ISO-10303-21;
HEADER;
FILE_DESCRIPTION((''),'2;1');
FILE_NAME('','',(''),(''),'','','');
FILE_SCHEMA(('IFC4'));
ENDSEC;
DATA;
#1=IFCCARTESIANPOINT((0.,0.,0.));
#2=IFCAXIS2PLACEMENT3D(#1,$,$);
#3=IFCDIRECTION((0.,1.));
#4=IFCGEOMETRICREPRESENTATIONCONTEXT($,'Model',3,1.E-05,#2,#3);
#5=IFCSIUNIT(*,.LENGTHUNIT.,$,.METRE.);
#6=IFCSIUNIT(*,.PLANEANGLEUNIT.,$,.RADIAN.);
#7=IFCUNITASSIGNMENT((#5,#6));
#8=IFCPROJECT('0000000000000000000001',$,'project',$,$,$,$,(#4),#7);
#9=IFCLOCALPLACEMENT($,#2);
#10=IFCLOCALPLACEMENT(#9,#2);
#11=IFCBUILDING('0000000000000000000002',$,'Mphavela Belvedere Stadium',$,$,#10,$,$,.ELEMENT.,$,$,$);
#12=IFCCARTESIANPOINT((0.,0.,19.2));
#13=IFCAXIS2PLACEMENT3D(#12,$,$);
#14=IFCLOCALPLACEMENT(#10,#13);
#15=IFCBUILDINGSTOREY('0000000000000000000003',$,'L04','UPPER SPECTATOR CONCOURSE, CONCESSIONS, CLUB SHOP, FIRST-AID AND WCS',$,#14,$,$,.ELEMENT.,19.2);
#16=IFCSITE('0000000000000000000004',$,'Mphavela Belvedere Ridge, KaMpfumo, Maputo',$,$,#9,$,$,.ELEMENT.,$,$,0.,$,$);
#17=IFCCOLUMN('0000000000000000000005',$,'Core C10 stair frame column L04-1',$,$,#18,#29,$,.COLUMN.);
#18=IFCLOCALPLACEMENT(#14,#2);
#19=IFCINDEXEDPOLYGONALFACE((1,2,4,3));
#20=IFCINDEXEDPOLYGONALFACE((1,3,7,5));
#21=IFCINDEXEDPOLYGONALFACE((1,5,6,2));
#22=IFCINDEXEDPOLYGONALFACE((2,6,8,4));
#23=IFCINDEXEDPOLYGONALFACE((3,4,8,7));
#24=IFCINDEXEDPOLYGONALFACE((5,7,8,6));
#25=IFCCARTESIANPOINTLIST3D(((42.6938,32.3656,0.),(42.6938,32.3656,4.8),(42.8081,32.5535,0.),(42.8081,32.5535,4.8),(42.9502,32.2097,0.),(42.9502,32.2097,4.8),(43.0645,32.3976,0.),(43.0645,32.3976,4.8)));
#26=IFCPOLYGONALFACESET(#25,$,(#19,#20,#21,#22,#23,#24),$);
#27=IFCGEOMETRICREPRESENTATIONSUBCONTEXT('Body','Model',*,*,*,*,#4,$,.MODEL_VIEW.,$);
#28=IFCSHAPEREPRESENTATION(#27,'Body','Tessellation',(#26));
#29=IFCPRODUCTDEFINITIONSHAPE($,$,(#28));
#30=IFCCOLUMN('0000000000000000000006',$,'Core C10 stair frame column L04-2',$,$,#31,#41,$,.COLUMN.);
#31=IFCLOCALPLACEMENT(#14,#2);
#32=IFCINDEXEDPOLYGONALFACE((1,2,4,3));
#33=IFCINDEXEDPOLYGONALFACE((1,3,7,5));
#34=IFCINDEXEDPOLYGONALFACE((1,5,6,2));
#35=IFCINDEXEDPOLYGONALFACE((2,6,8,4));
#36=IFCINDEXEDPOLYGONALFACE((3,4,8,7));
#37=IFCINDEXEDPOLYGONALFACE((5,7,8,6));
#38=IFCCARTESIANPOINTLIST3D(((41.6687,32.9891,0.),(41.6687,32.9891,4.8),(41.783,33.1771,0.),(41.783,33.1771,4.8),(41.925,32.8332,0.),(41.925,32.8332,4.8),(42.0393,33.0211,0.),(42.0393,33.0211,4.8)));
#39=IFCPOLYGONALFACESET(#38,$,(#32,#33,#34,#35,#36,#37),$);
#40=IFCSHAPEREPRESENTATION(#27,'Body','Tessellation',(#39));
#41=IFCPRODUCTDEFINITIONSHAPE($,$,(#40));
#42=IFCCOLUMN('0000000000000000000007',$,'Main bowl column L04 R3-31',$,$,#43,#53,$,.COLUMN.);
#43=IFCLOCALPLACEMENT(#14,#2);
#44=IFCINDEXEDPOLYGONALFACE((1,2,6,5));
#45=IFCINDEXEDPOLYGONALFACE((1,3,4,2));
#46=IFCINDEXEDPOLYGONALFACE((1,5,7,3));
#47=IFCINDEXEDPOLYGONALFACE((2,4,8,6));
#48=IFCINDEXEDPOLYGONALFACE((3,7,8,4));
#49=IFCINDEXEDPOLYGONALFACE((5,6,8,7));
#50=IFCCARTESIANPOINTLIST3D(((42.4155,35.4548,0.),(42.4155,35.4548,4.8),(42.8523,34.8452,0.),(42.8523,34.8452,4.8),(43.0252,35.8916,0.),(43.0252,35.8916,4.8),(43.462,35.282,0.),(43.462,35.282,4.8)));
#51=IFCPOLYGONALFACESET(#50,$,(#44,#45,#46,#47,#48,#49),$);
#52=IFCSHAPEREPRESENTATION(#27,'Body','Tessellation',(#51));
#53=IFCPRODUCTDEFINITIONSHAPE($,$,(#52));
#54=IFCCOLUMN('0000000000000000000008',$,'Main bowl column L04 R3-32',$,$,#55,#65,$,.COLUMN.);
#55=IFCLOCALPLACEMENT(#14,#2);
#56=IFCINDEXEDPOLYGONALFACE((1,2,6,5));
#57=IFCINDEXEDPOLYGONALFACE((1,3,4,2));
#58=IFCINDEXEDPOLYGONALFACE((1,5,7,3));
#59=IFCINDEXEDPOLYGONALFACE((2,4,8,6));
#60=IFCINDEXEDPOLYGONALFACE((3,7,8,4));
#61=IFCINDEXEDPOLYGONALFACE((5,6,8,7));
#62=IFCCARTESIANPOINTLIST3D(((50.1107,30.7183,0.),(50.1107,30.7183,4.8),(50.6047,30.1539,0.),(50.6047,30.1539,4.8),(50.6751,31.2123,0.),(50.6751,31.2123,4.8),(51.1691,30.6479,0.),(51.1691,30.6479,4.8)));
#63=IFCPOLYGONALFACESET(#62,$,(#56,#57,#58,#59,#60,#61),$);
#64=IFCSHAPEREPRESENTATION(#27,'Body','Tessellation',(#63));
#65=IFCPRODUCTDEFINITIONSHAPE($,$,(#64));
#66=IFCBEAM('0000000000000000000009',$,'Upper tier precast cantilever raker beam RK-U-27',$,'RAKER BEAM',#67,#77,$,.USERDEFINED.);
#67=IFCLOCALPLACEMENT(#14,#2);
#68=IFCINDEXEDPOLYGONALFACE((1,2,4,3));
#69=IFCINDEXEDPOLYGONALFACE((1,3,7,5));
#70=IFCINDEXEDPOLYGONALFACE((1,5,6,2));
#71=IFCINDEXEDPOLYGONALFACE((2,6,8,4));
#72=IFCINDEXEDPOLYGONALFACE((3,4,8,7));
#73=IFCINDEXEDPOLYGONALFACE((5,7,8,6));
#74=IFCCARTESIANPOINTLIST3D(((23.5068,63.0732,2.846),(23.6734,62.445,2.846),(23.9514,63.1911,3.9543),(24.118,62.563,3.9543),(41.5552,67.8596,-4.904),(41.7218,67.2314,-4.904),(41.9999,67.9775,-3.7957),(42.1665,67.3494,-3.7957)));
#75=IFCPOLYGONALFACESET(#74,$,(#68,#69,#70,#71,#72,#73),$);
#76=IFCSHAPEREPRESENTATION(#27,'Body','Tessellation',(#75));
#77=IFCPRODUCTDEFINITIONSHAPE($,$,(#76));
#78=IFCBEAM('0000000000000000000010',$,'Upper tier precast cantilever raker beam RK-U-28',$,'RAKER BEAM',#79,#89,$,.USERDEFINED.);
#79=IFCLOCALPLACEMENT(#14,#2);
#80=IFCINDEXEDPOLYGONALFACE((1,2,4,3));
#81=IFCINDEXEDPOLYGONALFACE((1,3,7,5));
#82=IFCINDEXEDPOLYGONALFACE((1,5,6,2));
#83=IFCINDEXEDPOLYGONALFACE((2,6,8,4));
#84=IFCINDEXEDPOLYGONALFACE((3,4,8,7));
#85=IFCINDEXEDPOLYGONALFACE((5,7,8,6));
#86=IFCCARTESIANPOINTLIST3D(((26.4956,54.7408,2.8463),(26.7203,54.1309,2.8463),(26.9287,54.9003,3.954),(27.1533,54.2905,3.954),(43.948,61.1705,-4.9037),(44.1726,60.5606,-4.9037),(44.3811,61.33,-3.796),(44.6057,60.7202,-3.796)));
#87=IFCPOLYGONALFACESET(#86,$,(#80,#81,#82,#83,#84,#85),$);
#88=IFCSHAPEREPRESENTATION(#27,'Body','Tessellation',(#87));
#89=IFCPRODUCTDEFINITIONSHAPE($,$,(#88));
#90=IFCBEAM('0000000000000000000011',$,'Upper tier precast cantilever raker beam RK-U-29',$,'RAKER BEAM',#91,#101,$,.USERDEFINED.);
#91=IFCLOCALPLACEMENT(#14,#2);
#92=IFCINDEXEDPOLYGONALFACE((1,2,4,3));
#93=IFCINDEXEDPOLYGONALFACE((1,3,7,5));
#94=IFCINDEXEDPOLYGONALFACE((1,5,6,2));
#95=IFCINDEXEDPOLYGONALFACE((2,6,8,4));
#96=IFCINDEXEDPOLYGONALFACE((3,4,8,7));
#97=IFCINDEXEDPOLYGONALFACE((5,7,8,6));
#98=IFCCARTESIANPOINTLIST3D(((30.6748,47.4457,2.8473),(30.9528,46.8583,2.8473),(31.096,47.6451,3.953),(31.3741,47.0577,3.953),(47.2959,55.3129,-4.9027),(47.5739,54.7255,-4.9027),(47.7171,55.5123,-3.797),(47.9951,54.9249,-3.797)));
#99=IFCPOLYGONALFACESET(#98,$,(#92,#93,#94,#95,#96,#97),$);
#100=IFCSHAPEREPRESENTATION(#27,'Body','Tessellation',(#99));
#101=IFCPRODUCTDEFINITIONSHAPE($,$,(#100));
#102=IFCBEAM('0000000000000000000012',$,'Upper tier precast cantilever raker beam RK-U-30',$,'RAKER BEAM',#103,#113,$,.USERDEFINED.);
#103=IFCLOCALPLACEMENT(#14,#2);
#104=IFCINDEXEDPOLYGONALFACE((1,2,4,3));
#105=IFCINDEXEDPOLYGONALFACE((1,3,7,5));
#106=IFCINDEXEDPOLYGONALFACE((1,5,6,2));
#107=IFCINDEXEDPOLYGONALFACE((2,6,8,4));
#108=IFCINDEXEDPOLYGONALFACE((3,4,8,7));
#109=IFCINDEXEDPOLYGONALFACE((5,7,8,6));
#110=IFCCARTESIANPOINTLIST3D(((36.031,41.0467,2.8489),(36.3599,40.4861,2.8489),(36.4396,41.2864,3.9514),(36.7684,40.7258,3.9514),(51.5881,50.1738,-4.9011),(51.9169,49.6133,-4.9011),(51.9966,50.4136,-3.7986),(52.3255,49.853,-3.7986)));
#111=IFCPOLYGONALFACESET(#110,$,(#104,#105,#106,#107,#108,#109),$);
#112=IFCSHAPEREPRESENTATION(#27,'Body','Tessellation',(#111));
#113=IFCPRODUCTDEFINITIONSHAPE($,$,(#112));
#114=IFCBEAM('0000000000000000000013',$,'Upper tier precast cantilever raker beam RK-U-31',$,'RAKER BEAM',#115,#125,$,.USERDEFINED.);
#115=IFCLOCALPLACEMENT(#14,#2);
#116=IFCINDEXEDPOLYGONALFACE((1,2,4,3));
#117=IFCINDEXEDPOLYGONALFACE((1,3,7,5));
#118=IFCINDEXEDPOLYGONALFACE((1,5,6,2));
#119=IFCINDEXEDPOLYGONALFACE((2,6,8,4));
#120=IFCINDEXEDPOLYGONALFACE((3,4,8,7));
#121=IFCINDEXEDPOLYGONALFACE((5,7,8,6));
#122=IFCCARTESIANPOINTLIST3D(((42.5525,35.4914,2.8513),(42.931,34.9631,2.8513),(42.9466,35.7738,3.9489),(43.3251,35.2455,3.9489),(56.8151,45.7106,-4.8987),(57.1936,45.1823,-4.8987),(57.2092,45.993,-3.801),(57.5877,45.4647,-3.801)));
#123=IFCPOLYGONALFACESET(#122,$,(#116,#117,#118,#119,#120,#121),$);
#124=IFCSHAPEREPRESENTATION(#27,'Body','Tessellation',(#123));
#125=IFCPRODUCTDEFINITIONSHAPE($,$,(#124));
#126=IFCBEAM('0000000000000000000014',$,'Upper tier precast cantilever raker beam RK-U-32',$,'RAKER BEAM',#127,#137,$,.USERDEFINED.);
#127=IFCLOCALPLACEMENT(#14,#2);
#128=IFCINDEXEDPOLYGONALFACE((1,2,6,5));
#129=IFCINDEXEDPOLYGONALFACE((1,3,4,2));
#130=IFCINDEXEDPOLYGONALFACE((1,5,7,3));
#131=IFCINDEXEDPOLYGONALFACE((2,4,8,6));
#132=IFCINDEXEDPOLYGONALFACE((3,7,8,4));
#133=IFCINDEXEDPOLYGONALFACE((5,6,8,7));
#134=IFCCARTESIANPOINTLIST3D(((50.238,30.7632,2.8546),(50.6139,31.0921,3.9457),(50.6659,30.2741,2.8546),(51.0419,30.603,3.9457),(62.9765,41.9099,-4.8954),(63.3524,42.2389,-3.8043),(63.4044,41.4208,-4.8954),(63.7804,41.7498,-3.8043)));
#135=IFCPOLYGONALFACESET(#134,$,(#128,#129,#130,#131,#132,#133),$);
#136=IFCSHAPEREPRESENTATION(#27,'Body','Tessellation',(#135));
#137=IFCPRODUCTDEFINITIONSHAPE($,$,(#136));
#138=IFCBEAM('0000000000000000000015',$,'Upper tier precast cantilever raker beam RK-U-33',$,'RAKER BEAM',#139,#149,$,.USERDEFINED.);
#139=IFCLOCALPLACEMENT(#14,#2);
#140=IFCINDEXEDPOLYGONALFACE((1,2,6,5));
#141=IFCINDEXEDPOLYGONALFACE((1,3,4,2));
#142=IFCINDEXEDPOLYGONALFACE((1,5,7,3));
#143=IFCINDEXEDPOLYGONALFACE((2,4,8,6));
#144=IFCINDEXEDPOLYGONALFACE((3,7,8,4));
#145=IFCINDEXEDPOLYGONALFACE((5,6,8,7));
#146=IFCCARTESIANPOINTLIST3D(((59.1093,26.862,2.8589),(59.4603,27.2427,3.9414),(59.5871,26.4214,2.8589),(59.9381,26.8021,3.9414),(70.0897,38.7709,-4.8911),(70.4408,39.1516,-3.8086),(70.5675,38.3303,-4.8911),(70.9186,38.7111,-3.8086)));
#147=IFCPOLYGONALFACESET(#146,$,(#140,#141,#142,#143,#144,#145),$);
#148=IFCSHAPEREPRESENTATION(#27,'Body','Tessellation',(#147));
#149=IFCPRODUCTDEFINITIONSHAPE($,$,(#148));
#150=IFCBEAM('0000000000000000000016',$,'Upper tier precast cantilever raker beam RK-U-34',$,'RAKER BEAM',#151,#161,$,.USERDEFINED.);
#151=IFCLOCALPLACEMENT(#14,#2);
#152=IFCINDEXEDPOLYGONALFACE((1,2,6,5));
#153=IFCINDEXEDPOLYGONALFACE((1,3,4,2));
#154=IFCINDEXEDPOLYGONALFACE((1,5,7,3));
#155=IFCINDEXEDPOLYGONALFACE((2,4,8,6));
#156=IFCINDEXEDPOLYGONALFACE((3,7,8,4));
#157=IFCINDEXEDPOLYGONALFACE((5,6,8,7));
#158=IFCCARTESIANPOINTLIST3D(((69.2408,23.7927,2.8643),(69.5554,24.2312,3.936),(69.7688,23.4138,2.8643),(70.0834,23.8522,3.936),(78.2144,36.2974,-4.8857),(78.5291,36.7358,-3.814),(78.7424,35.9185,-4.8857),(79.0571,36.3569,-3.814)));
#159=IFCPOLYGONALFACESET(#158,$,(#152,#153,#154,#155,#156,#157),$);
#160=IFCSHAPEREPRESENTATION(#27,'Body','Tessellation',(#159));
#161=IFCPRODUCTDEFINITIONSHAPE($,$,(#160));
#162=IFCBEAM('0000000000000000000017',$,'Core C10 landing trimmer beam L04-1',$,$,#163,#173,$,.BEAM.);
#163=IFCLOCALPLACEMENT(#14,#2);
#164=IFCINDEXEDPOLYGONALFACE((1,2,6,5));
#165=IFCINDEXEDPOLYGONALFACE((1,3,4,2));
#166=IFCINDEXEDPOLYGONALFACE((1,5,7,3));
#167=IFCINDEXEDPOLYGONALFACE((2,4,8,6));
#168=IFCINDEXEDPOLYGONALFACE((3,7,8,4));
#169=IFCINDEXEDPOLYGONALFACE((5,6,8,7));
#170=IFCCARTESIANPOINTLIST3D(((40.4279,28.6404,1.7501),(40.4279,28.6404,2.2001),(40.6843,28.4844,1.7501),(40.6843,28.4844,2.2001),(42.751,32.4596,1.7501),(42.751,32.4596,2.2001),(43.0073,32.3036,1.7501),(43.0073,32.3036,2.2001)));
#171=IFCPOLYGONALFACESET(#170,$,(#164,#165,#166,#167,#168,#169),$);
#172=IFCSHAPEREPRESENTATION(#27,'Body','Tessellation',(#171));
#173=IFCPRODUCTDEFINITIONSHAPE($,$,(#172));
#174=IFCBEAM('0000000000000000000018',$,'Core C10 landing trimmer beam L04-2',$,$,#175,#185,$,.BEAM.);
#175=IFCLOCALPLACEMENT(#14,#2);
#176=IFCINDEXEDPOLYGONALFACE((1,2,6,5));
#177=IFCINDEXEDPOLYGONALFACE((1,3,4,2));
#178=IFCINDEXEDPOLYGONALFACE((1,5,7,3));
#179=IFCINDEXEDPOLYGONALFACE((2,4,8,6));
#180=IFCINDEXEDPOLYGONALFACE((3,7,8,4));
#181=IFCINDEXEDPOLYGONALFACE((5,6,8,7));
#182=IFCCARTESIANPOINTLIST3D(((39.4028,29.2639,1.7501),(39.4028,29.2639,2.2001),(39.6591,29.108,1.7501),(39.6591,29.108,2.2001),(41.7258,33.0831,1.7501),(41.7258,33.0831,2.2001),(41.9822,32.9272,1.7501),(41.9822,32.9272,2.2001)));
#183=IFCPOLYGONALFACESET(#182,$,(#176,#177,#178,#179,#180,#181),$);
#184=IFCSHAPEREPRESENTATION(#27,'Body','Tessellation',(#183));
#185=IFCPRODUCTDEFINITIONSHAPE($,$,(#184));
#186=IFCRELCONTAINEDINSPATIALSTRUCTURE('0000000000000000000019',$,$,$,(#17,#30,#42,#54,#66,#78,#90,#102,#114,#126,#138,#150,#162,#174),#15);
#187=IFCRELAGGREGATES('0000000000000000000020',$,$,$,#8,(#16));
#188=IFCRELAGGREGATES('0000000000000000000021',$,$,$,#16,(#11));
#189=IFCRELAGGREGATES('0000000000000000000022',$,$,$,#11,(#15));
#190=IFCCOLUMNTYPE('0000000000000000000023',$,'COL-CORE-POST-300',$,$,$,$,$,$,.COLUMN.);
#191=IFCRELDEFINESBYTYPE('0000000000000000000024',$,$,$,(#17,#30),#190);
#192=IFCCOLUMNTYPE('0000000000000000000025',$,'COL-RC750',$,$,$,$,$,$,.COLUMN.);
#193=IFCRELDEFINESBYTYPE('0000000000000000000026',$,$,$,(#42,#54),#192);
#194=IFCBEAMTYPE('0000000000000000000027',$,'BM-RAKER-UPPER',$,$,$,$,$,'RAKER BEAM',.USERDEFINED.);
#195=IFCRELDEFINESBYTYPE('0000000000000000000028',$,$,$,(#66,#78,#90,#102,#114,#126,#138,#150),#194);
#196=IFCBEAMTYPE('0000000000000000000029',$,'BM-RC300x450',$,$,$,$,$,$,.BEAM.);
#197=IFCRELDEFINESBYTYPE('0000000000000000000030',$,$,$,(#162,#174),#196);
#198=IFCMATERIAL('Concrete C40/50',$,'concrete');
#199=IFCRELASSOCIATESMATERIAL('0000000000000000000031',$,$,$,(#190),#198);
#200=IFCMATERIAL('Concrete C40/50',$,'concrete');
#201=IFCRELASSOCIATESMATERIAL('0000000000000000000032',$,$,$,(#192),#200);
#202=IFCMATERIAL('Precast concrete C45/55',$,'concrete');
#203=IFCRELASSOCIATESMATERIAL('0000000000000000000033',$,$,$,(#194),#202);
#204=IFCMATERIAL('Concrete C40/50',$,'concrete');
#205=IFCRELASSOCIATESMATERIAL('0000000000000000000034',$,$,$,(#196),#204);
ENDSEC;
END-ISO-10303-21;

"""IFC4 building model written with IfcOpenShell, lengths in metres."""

from ifc_helpers import new_model, si_unit, direction, frame, origin, origin_2d, place, context, subcontext, project, spatial, rectangle, extrude, material, material_profile, profile_set, type_object, element, save


model = new_model("IFC4")

# Units and contexts
model_context = context("Model", 3, precision=1e-05, world=origin(), true_north=direction((0.0, 1.0)))
body_context = subcontext(model_context, "Body", "Model", "MODEL_VIEW")
ifc_project = project(units=[si_unit("LENGTHUNIT", "METRE"), si_unit("PLANEANGLEUNIT", "RADIAN")], contexts=[model_context])

# Site, building, storey
site_placement = place(None, origin())
site = spatial("IfcSite", under=ifc_project, at=site_placement, Name="Mphavela Belvedere Ridge, KaMpfumo, Maputo", CompositionType="ELEMENT", RefElevation=0.0)
building_placement = place(site_placement, origin())
building = spatial("IfcBuilding", under=site, at=building_placement, Name="Mphavela Belvedere Stadium", CompositionType="ELEMENT")
storey_placement = place(building_placement, frame((0.0, 0.0, 19.2)))
storey = spatial("IfcBuildingStorey", under=building, at=storey_placement, Name="L04", Description="UPPER SPECTATOR CONCOURSE, CONCESSIONS, CLUB SHOP, FIRST-AID AND WCS", CompositionType="ELEMENT", Elevation=19.2)

# Columns
ifc_material_1 = material(Name="Concrete C40/50", Category="concrete")
ifc_material_profile_1 = material_profile(ifc_material_1, rectangle(XDim=0.3, YDim=0.22, at=origin_2d()), Name="RC 300x220")
ifc_profile_set_1 = profile_set([ifc_material_profile_1], Name="Concrete C40/50")
column_type_1 = type_object("IfcColumnType", Name="COL-CORE-POST-300", PredefinedType="COLUMN", material=ifc_profile_set_1)
for number, where, z_axis, x_axis, name in (
    (1, (42.8792, 32.3816, 0.0), (0.0, 0.0, 1.0), (-0.854368, 0.519668, 0.0), "Core C10 stair frame column L04-1"),
    (2, (41.854, 33.0051, 0.0), (0.0, 0.0, 1.0), (-0.854368, 0.519668, 0.0), "Core C10 stair frame column L04-2"),
):
    element("IfcColumn", number, at=place(storey_placement, frame(where, z_axis=z_axis, x_axis=x_axis)), inside=storey, type_object=column_type_1, Name=name, PredefinedType="COLUMN", context=body_context, shape_type="SweptSolid", body=[
        extrude(rectangle(XDim=0.3, YDim=0.22, at=origin_2d()), origin(), (0.0, 0.0, 1.0), 4.8),
    ])
ifc_material_2 = material(Name="Concrete C40/50", Category="concrete")
ifc_material_profile_2 = material_profile(ifc_material_2, rectangle(XDim=0.75, YDim=0.75, at=origin_2d()), Name="RC 750x750")
ifc_profile_set_2 = profile_set([ifc_material_profile_2], Name="Concrete C40/50")
column_type_2 = type_object("IfcColumnType", Name="COL-RC750", PredefinedType="COLUMN", material=ifc_profile_set_2)
for number, where, z_axis, x_axis, name in (
    (3, (42.9387, 35.3684, 0.0), (0.0, 0.0, 1.0), (-0.812898, -0.582407, 0.0), "Main bowl column L04 R3-31"),
    (4, (50.6399, 30.6831, 0.0), (0.0, 0.0, 1.0), (-0.75253, -0.658558, 0.0), "Main bowl column L04 R3-32"),
):
    element("IfcColumn", number, at=place(storey_placement, frame(where, z_axis=z_axis, x_axis=x_axis)), inside=storey, type_object=column_type_2, Name=name, PredefinedType="COLUMN", context=body_context, shape_type="SweptSolid", body=[
        extrude(rectangle(XDim=0.75, YDim=0.75, at=origin_2d()), origin(), (0.0, 0.0, 1.0), 4.8),
    ])

# Beams
ifc_material_3 = material(Name="Precast concrete C45/55", Category="concrete")
ifc_material_profile_3 = material_profile(ifc_material_3, rectangle(XDim=0.6499, YDim=1.2, at=origin_2d()), Name="PC 650x1200")
ifc_profile_set_3 = profile_set([ifc_material_profile_3], Name="Precast concrete C45/55")
beam_type_1 = type_object("IfcBeamType", Name="BM-RAKER-UPPER", ElementType="RAKER BEAM", PredefinedType="USERDEFINED", material=ifc_profile_set_3)
beam_1_placement = place(storey_placement, frame((41.8608, 67.6045, -4.3499), z_axis=(-0.892745, -0.236754, 0.383347), x_axis=(0.256337, -0.966588, 0.0)))
element("IfcBeam", 5, at=beam_1_placement, inside=storey, type_object=beam_type_1, Name="Upper tier precast cantilever raker beam RK-U-27", ObjectType="RAKER BEAM", PredefinedType="USERDEFINED", context=body_context, shape_type="SweptSolid", body=[
    extrude(rectangle(XDim=0.6499, YDim=1.2, at=origin_2d()), origin(), (0.0, 0.0, 1.0), 20.2168),
])
beam_2_placement = place(storey_placement, frame((44.2769, 60.9453, -4.3499), z_axis=(-0.866159, -0.319104, 0.384631), x_axis=(0.345699, -0.938346, 0.0)))
element("IfcBeam", 6, at=beam_2_placement, inside=storey, type_object=beam_type_1, Name="Upper tier precast cantilever raker beam RK-U-28", ObjectType="RAKER BEAM", PredefinedType="USERDEFINED", context=body_context, shape_type="SweptSolid", body=[
    extrude(rectangle(XDim=0.6499, YDim=1.2, at=origin_2d()), origin(), (0.0, 0.0, 1.0), 20.1492),
])
beam_3_placement = place(storey_placement, frame((47.6455, 55.1189, -4.3499), z_axis=(-0.832914, -0.39424, 0.388367), x_axis=(0.427822, -0.903863, 0.0)))
element("IfcBeam", 7, at=beam_3_placement, inside=storey, type_object=beam_type_1, Name="Upper tier precast cantilever raker beam RK-U-29", ObjectType="RAKER BEAM", PredefinedType="USERDEFINED", context=body_context, shape_type="SweptSolid", body=[
    extrude(rectangle(XDim=0.6499, YDim=1.2, at=origin_2d()), origin(), (0.0, 0.0, 1.0), 19.9553),
])
beam_4_placement = place(storey_placement, frame((51.9568, 50.0134, -4.3499), z_axis=(-0.792461, -0.464928, 0.394775), x_axis=(0.506029, -0.862516, 0.0)))
element("IfcBeam", 8, at=beam_4_placement, inside=storey, type_object=beam_type_1, Name="Upper tier precast cantilever raker beam RK-U-30", ObjectType="RAKER BEAM", PredefinedType="USERDEFINED", context=body_context, shape_type="SweptSolid", body=[
    extrude(rectangle(XDim=0.6499, YDim=1.2, at=origin_2d()), origin(), (0.0, 0.0, 1.0), 19.6313),
])
beam_5_placement = place(storey_placement, frame((57.2014, 45.5876, -4.3499), z_axis=(-0.743575, -0.532773, 0.404041), x_axis=(0.58243, -0.812881, 0.0)))
element("IfcBeam", 9, at=beam_5_placement, inside=storey, type_object=beam_type_1, Name="Upper tier precast cantilever raker beam RK-U-31", ObjectType="RAKER BEAM", PredefinedType="USERDEFINED", context=body_context, shape_type="SweptSolid", body=[
    extrude(rectangle(XDim=0.6499, YDim=1.2, at=origin_2d()), origin(), (0.0, 0.0, 1.0), 19.1812),
])
beam_6_placement = place(storey_placement, frame((63.3784, 41.8298, -4.3499), z_axis=(-0.684252, -0.598748, 0.416293), x_axis=(0.658522, -0.752562, 0.0)))
element("IfcBeam", 10, at=beam_6_placement, inside=storey, type_object=beam_type_1, Name="Upper tier precast cantilever raker beam RK-U-32", ObjectType="RAKER BEAM", PredefinedType="USERDEFINED", context=body_context, shape_type="SweptSolid", body=[
    extrude(rectangle(XDim=0.6499, YDim=1.2, at=origin_2d()), origin(), (0.0, 0.0, 1.0), 18.6167),
])
beam_7_placement = place(storey_placement, frame((70.5042, 38.741, -4.3499), z_axis=(-0.611485, -0.66319, 0.431585), x_axis=(0.735185, -0.677867, 0.0)))
element("IfcBeam", 11, at=beam_7_placement, inside=storey, type_object=beam_type_1, Name="Upper tier precast cantilever raker beam RK-U-33", ObjectType="RAKER BEAM", PredefinedType="USERDEFINED", context=body_context, shape_type="SweptSolid", body=[
    extrude(rectangle(XDim=0.6499, YDim=1.2, at=origin_2d()), origin(), (0.0, 0.0, 1.0), 17.957),
])
beam_8_placement = place(storey_placement, frame((78.6357, 36.3271, -4.3499), z_axis=(-0.520743, -0.725648, 0.449735), x_axis=(0.812449, -0.583033, 0.0)))
element("IfcBeam", 12, at=beam_8_placement, inside=storey, type_object=beam_type_1, Name="Upper tier precast cantilever raker beam RK-U-34", ObjectType="RAKER BEAM", PredefinedType="USERDEFINED", context=body_context, shape_type="SweptSolid", body=[
    extrude(rectangle(XDim=0.6499, YDim=1.2, at=origin_2d()), origin(), (0.0, 0.0, 1.0), 17.2324),
])
ifc_material_4 = material(Name="Concrete C40/50", Category="concrete")
ifc_material_profile_4 = material_profile(ifc_material_4, rectangle(XDim=0.3, YDim=0.45, at=origin_2d()), Name="RC 300x450")
ifc_profile_set_4 = profile_set([ifc_material_profile_4], Name="Concrete C40/50")
beam_type_2 = type_object("IfcBeamType", Name="BM-RC300x450", PredefinedType="BEAM", material=ifc_profile_set_4)
for number, where, z_axis, x_axis, name in (
    (13, (42.8792, 32.3816, 1.9751), (-0.519675, -0.854364, 0.0), (0.854364, -0.519675, 0.0), "Core C10 landing trimmer beam L04-1"),
    (14, (41.854, 33.0051, 1.9751), (-0.519675, -0.854364, 0.0), (0.854364, -0.519675, 0.0), "Core C10 landing trimmer beam L04-2"),
):
    element("IfcBeam", number, at=place(storey_placement, frame(where, z_axis=z_axis, x_axis=x_axis)), inside=storey, type_object=beam_type_2, Name=name, PredefinedType="BEAM", context=body_context, shape_type="SweptSolid", body=[
        extrude(rectangle(XDim=0.3, YDim=0.45, at=origin_2d()), origin(), (0.0, 0.0, 1.0), 4.4702),
    ])

save(model, "model.ifc")
